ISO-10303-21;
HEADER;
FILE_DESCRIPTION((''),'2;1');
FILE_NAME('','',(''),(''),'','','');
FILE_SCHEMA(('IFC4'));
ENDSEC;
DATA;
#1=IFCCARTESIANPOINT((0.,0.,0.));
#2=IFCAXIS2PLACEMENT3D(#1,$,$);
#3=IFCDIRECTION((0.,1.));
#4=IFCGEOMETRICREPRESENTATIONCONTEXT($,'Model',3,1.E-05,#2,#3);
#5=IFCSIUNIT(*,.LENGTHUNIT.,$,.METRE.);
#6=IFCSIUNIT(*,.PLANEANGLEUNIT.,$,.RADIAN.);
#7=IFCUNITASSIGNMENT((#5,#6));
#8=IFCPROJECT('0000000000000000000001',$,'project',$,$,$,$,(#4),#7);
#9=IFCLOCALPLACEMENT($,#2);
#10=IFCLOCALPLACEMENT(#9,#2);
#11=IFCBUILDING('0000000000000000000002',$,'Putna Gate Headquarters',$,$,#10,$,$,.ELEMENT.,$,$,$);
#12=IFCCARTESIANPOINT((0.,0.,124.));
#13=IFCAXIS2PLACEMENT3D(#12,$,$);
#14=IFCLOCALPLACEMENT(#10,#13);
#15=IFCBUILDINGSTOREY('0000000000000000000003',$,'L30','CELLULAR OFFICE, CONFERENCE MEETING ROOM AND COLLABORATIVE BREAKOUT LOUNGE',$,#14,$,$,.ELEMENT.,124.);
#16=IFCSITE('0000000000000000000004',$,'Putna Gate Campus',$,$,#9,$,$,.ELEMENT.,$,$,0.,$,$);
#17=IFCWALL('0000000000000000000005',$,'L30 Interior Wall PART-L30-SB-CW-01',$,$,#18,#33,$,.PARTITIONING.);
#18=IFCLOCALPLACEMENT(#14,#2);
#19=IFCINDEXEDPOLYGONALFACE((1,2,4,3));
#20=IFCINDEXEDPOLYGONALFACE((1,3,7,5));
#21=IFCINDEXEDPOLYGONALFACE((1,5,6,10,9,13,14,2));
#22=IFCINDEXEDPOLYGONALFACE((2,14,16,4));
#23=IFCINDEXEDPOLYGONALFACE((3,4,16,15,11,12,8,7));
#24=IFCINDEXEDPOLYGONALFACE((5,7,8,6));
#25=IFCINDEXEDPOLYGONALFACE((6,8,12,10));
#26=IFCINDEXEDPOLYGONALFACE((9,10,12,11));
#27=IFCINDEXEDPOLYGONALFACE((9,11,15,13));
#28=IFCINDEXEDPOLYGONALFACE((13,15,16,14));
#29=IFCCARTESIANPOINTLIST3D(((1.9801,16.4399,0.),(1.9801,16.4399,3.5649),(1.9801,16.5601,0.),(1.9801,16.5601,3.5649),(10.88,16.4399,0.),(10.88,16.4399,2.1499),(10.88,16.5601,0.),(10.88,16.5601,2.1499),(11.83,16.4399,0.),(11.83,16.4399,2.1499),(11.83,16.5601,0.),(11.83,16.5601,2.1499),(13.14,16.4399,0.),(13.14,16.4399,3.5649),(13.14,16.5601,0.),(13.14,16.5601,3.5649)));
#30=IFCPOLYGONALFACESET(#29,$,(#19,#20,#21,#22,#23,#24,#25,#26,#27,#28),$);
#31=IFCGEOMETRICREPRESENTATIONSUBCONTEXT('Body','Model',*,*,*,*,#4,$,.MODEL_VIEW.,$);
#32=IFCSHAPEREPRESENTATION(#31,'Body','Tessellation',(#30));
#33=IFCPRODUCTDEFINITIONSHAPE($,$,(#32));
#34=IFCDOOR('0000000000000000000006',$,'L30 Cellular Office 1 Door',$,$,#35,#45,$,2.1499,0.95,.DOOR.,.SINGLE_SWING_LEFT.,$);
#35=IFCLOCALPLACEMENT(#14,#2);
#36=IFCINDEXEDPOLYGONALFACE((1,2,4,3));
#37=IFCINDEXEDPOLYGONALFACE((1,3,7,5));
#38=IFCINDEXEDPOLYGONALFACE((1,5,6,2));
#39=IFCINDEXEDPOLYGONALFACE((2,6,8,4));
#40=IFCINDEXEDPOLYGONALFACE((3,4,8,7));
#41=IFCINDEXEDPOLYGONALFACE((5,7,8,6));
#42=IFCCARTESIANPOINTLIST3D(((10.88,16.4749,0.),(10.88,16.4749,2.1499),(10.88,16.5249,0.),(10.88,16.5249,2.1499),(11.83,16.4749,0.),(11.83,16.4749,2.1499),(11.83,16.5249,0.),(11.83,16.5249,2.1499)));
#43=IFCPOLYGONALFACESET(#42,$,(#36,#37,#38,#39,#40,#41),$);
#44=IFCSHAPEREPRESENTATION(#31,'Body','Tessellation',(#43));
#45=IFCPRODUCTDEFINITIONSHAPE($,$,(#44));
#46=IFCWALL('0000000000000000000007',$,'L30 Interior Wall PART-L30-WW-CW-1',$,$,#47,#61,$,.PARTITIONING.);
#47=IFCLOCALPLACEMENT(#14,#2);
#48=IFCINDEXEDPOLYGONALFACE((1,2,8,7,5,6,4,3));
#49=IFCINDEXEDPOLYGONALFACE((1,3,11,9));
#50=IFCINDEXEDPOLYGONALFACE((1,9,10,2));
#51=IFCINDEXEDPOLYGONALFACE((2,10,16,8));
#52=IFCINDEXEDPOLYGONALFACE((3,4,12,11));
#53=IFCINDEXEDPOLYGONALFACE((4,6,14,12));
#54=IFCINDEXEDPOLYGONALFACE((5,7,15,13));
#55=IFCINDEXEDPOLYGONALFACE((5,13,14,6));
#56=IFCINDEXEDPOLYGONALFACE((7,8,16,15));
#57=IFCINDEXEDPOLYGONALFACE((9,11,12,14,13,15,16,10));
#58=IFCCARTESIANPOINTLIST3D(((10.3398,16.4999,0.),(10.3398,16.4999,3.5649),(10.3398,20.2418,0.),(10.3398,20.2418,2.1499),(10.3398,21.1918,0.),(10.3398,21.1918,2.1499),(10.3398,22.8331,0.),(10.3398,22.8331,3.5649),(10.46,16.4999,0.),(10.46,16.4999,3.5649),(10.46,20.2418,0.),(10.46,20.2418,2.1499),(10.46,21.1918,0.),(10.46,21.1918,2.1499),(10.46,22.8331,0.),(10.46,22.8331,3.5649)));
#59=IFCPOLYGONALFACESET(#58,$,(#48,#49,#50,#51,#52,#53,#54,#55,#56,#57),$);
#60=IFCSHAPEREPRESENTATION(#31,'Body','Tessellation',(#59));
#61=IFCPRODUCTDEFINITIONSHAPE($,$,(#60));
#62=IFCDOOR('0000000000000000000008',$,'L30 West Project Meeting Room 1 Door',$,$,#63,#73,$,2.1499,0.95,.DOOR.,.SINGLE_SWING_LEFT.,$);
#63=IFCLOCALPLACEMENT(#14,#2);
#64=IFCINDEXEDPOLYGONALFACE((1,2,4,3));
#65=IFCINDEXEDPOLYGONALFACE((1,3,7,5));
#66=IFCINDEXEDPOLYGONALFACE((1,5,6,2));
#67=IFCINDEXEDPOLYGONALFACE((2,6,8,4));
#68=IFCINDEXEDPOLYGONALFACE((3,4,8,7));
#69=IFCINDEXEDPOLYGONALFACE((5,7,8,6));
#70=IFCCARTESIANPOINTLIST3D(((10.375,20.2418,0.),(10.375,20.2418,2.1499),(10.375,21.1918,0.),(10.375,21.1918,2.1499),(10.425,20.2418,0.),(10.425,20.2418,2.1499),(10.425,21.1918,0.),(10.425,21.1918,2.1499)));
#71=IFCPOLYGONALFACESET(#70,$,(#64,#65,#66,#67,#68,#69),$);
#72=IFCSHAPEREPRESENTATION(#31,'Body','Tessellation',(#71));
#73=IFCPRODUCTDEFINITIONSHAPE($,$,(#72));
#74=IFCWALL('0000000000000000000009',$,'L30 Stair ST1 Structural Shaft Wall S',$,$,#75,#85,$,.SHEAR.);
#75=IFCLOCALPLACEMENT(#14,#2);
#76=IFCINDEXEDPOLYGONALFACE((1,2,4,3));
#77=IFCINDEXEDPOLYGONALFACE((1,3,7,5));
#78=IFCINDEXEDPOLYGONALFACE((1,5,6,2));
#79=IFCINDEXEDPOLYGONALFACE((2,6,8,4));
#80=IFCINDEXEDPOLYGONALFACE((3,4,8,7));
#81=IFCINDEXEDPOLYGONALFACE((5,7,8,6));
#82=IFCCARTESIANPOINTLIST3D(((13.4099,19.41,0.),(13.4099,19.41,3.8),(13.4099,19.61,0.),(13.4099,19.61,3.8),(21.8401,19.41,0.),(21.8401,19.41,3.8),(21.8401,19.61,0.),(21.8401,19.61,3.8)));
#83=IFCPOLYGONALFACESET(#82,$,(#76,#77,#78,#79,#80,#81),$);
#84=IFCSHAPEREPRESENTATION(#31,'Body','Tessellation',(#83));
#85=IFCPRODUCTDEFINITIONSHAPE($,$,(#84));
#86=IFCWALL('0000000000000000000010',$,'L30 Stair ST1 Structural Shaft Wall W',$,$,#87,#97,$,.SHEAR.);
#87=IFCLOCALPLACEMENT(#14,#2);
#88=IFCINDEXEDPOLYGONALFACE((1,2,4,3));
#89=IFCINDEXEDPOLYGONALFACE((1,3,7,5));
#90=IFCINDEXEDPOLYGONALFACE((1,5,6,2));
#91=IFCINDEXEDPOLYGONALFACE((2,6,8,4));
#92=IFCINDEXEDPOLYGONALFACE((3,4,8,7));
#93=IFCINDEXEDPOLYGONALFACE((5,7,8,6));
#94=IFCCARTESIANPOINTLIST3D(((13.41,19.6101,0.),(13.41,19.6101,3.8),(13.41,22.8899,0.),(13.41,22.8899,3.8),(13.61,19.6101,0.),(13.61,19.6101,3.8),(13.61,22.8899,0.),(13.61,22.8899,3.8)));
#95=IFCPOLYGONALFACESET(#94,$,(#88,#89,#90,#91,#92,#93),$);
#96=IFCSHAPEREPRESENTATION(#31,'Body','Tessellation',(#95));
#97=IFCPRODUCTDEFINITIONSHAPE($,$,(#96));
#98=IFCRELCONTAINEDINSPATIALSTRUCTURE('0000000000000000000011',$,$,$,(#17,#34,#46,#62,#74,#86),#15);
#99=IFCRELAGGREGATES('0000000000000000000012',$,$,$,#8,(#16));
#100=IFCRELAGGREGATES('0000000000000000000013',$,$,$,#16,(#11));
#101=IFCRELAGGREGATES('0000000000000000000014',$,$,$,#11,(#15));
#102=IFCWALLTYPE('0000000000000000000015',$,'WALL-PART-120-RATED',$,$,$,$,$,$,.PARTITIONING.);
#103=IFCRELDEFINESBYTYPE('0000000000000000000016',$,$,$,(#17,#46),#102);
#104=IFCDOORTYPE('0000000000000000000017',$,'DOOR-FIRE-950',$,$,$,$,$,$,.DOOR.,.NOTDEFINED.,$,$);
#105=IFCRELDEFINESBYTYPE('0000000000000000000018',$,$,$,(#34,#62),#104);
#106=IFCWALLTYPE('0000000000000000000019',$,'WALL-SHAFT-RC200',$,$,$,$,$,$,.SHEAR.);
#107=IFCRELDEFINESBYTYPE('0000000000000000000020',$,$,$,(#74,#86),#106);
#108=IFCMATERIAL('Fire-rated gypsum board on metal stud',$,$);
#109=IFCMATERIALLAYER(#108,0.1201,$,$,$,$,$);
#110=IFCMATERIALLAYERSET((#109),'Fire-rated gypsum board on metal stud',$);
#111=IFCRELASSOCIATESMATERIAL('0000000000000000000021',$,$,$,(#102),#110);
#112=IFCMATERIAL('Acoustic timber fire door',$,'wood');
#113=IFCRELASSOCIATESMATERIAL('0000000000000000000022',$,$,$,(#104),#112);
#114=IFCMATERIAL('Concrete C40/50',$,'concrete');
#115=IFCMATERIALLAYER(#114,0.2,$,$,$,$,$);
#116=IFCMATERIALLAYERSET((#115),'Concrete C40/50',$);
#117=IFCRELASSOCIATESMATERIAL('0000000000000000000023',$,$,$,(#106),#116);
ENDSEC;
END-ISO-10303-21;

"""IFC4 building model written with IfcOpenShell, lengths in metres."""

from ifc_helpers import new_model, si_unit, direction, frame, frame_2d, origin, place, context, subcontext, project, spatial, rectangle, extrude, material, layer, layer_set, type_object, element, fill, save


model = new_model("IFC4")

# Units and contexts
model_context = context("Model", 3, precision=1e-05, world=origin(), true_north=direction((0.0, 1.0)))
body_context = subcontext(model_context, "Body", "Model", "MODEL_VIEW")
ifc_project = project(units=[si_unit("LENGTHUNIT", "METRE"), si_unit("PLANEANGLEUNIT", "RADIAN")], contexts=[model_context])

# Site, building, storey
site_placement = place(None, origin())
site = spatial("IfcSite", under=ifc_project, at=site_placement, Name="Putna Gate Campus", CompositionType="ELEMENT", RefElevation=0.0)
building_placement = place(site_placement, origin())
building = spatial("IfcBuilding", under=site, at=building_placement, Name="Putna Gate Headquarters", CompositionType="ELEMENT")
storey_placement = place(building_placement, frame((0.0, 0.0, 124.0)))
storey = spatial("IfcBuildingStorey", under=building, at=storey_placement, Name="L30", Description="CELLULAR OFFICE, CONFERENCE MEETING ROOM AND COLLABORATIVE BREAKOUT LOUNGE", CompositionType="ELEMENT", Elevation=124.0)

# Shared definitions
ifc_material_1 = material(Name="Fire-rated gypsum board on metal stud")
ifc_layer_1 = layer(ifc_material_1, 0.1201)
ifc_layer_set_1 = layer_set([ifc_layer_1], Name="Fire-rated gypsum board on metal stud")
wall_type_1 = type_object("IfcWallType", Name="WALL-PART-120-RATED", PredefinedType="PARTITIONING", material=ifc_layer_set_1)
ifc_material_2 = material(Name="Acoustic timber fire door", Category="wood")
door_type_1 = type_object("IfcDoorType", Name="DOOR-FIRE-950", OperationType="NOTDEFINED", PredefinedType="DOOR", material=ifc_material_2)

# Walls, openings, doors
wall_1_placement = place(storey_placement, frame((1.98, 16.5, 0.0), z_axis=(0.0, 0.0, 1.0), x_axis=(1.0, 0.0, 0.0)))
wall_1 = element("IfcWall", 1, at=wall_1_placement, inside=storey, type_object=wall_type_1, Name="L30 Interior Wall PART-L30-SB-CW-01", PredefinedType="PARTITIONING", context=body_context, shape_type="SweptSolid", body=[
    extrude(rectangle(XDim=11.1599, YDim=0.1201, at=frame_2d((5.5801, 0.0))), origin(), (0.0, 0.0, 1.0), 3.5649),
])
opening_1_placement = place(wall_1_placement, frame((8.8999, 0.0, 0.0)))
opening_1 = element("IfcOpeningElement", 2, at=opening_1_placement, cuts=wall_1, PredefinedType="OPENING", context=body_context, shape_type="SweptSolid", body=[
    extrude(rectangle(XDim=0.95, YDim=2.1499, at=frame_2d((0.4751, 1.075))), frame((0.0, 0.0701, 0.0), z_axis=(0.0, -1.0, 0.0), x_axis=(1.0, 0.0, 0.0)), (0.0, 0.0, 1.0), 0.1401),
])
door_1_placement = place(opening_1_placement, origin())
door_1 = element("IfcDoor", 3, at=door_1_placement, inside=storey, type_object=door_type_1, Name="L30 Cellular Office 1 Door", OperationType="SINGLE_SWING_LEFT", OverallHeight=2.1499, OverallWidth=0.95, PredefinedType="DOOR", context=body_context, shape_type="SweptSolid", body=[
    extrude(rectangle(XDim=0.95, YDim=2.1499, at=frame_2d((0.4751, 1.075))), frame((0.0, 0.0249, 0.0), z_axis=(0.0, -1.0, 0.0), x_axis=(1.0, 0.0, 0.0)), (0.0, 0.0, 1.0), 0.05),
])
fill(opening_1, door_1)
wall_2_placement = place(storey_placement, frame((10.3999, 16.5, 0.0), z_axis=(0.0, 0.0, 1.0), x_axis=(0.0, 1.0, 0.0)))
wall_2 = element("IfcWall", 4, at=wall_2_placement, inside=storey, type_object=wall_type_1, Name="L30 Interior Wall PART-L30-WW-CW-1", PredefinedType="PARTITIONING", context=body_context, shape_type="SweptSolid", body=[
    extrude(rectangle(XDim=6.3333, YDim=0.1201, at=frame_2d((3.1665, 0.0))), origin(), (0.0, 0.0, 1.0), 3.5649),
])
opening_2_placement = place(wall_2_placement, frame((3.7417, 0.0, 0.0)))
opening_2 = element("IfcOpeningElement", 5, at=opening_2_placement, cuts=wall_2, PredefinedType="OPENING", context=body_context, shape_type="SweptSolid", body=[
    extrude(rectangle(XDim=0.95, YDim=2.1499, at=frame_2d((0.4751, 1.075))), frame((0.0, 0.0701, 0.0), z_axis=(0.0, -1.0, 0.0), x_axis=(1.0, 0.0, 0.0)), (0.0, 0.0, 1.0), 0.1401),
])
door_2_placement = place(opening_2_placement, origin())
door_2 = element("IfcDoor", 6, at=door_2_placement, inside=storey, type_object=door_type_1, Name="L30 West Project Meeting Room 1 Door", OperationType="SINGLE_SWING_LEFT", OverallHeight=2.1499, OverallWidth=0.95, PredefinedType="DOOR", context=body_context, shape_type="SweptSolid", body=[
    extrude(rectangle(XDim=0.95, YDim=2.1499, at=frame_2d((0.4751, 1.075))), frame((0.0, 0.0249, 0.0), z_axis=(0.0, -1.0, 0.0), x_axis=(1.0, 0.0, 0.0)), (0.0, 0.0, 1.0), 0.05),
])
fill(opening_2, door_2)

# Walls
ifc_material_3 = material(Name="Concrete C40/50", Category="concrete")
ifc_layer_2 = layer(ifc_material_3, 0.2)
ifc_layer_set_2 = layer_set([ifc_layer_2], Name="Concrete C40/50")
wall_type_2 = type_object("IfcWallType", Name="WALL-SHAFT-RC200", PredefinedType="SHEAR", material=ifc_layer_set_2)
wall_3_placement = place(storey_placement, frame((13.4099, 19.51, 0.0), z_axis=(0.0, 0.0, 1.0), x_axis=(1.0, 0.0, 0.0)))
element("IfcWall", 7, at=wall_3_placement, inside=storey, type_object=wall_type_2, Name="L30 Stair ST1 Structural Shaft Wall S", PredefinedType="SHEAR", context=body_context, shape_type="SweptSolid", body=[
    extrude(rectangle(XDim=8.4302, YDim=0.2, at=frame_2d((4.2151, 0.0))), origin(), (0.0, 0.0, 1.0), 3.8),
])
wall_4_placement = place(storey_placement, frame((13.51, 19.6101, 0.0), z_axis=(0.0, 0.0, 1.0), x_axis=(0.0, 1.0, 0.0)))
element("IfcWall", 8, at=wall_4_placement, inside=storey, type_object=wall_type_2, Name="L30 Stair ST1 Structural Shaft Wall W", PredefinedType="SHEAR", context=body_context, shape_type="SweptSolid", body=[
    extrude(rectangle(XDim=3.2798, YDim=0.2, at=frame_2d((1.6399, 0.0))), origin(), (0.0, 0.0, 1.0), 3.8),
])

save(model, "model.ifc")
